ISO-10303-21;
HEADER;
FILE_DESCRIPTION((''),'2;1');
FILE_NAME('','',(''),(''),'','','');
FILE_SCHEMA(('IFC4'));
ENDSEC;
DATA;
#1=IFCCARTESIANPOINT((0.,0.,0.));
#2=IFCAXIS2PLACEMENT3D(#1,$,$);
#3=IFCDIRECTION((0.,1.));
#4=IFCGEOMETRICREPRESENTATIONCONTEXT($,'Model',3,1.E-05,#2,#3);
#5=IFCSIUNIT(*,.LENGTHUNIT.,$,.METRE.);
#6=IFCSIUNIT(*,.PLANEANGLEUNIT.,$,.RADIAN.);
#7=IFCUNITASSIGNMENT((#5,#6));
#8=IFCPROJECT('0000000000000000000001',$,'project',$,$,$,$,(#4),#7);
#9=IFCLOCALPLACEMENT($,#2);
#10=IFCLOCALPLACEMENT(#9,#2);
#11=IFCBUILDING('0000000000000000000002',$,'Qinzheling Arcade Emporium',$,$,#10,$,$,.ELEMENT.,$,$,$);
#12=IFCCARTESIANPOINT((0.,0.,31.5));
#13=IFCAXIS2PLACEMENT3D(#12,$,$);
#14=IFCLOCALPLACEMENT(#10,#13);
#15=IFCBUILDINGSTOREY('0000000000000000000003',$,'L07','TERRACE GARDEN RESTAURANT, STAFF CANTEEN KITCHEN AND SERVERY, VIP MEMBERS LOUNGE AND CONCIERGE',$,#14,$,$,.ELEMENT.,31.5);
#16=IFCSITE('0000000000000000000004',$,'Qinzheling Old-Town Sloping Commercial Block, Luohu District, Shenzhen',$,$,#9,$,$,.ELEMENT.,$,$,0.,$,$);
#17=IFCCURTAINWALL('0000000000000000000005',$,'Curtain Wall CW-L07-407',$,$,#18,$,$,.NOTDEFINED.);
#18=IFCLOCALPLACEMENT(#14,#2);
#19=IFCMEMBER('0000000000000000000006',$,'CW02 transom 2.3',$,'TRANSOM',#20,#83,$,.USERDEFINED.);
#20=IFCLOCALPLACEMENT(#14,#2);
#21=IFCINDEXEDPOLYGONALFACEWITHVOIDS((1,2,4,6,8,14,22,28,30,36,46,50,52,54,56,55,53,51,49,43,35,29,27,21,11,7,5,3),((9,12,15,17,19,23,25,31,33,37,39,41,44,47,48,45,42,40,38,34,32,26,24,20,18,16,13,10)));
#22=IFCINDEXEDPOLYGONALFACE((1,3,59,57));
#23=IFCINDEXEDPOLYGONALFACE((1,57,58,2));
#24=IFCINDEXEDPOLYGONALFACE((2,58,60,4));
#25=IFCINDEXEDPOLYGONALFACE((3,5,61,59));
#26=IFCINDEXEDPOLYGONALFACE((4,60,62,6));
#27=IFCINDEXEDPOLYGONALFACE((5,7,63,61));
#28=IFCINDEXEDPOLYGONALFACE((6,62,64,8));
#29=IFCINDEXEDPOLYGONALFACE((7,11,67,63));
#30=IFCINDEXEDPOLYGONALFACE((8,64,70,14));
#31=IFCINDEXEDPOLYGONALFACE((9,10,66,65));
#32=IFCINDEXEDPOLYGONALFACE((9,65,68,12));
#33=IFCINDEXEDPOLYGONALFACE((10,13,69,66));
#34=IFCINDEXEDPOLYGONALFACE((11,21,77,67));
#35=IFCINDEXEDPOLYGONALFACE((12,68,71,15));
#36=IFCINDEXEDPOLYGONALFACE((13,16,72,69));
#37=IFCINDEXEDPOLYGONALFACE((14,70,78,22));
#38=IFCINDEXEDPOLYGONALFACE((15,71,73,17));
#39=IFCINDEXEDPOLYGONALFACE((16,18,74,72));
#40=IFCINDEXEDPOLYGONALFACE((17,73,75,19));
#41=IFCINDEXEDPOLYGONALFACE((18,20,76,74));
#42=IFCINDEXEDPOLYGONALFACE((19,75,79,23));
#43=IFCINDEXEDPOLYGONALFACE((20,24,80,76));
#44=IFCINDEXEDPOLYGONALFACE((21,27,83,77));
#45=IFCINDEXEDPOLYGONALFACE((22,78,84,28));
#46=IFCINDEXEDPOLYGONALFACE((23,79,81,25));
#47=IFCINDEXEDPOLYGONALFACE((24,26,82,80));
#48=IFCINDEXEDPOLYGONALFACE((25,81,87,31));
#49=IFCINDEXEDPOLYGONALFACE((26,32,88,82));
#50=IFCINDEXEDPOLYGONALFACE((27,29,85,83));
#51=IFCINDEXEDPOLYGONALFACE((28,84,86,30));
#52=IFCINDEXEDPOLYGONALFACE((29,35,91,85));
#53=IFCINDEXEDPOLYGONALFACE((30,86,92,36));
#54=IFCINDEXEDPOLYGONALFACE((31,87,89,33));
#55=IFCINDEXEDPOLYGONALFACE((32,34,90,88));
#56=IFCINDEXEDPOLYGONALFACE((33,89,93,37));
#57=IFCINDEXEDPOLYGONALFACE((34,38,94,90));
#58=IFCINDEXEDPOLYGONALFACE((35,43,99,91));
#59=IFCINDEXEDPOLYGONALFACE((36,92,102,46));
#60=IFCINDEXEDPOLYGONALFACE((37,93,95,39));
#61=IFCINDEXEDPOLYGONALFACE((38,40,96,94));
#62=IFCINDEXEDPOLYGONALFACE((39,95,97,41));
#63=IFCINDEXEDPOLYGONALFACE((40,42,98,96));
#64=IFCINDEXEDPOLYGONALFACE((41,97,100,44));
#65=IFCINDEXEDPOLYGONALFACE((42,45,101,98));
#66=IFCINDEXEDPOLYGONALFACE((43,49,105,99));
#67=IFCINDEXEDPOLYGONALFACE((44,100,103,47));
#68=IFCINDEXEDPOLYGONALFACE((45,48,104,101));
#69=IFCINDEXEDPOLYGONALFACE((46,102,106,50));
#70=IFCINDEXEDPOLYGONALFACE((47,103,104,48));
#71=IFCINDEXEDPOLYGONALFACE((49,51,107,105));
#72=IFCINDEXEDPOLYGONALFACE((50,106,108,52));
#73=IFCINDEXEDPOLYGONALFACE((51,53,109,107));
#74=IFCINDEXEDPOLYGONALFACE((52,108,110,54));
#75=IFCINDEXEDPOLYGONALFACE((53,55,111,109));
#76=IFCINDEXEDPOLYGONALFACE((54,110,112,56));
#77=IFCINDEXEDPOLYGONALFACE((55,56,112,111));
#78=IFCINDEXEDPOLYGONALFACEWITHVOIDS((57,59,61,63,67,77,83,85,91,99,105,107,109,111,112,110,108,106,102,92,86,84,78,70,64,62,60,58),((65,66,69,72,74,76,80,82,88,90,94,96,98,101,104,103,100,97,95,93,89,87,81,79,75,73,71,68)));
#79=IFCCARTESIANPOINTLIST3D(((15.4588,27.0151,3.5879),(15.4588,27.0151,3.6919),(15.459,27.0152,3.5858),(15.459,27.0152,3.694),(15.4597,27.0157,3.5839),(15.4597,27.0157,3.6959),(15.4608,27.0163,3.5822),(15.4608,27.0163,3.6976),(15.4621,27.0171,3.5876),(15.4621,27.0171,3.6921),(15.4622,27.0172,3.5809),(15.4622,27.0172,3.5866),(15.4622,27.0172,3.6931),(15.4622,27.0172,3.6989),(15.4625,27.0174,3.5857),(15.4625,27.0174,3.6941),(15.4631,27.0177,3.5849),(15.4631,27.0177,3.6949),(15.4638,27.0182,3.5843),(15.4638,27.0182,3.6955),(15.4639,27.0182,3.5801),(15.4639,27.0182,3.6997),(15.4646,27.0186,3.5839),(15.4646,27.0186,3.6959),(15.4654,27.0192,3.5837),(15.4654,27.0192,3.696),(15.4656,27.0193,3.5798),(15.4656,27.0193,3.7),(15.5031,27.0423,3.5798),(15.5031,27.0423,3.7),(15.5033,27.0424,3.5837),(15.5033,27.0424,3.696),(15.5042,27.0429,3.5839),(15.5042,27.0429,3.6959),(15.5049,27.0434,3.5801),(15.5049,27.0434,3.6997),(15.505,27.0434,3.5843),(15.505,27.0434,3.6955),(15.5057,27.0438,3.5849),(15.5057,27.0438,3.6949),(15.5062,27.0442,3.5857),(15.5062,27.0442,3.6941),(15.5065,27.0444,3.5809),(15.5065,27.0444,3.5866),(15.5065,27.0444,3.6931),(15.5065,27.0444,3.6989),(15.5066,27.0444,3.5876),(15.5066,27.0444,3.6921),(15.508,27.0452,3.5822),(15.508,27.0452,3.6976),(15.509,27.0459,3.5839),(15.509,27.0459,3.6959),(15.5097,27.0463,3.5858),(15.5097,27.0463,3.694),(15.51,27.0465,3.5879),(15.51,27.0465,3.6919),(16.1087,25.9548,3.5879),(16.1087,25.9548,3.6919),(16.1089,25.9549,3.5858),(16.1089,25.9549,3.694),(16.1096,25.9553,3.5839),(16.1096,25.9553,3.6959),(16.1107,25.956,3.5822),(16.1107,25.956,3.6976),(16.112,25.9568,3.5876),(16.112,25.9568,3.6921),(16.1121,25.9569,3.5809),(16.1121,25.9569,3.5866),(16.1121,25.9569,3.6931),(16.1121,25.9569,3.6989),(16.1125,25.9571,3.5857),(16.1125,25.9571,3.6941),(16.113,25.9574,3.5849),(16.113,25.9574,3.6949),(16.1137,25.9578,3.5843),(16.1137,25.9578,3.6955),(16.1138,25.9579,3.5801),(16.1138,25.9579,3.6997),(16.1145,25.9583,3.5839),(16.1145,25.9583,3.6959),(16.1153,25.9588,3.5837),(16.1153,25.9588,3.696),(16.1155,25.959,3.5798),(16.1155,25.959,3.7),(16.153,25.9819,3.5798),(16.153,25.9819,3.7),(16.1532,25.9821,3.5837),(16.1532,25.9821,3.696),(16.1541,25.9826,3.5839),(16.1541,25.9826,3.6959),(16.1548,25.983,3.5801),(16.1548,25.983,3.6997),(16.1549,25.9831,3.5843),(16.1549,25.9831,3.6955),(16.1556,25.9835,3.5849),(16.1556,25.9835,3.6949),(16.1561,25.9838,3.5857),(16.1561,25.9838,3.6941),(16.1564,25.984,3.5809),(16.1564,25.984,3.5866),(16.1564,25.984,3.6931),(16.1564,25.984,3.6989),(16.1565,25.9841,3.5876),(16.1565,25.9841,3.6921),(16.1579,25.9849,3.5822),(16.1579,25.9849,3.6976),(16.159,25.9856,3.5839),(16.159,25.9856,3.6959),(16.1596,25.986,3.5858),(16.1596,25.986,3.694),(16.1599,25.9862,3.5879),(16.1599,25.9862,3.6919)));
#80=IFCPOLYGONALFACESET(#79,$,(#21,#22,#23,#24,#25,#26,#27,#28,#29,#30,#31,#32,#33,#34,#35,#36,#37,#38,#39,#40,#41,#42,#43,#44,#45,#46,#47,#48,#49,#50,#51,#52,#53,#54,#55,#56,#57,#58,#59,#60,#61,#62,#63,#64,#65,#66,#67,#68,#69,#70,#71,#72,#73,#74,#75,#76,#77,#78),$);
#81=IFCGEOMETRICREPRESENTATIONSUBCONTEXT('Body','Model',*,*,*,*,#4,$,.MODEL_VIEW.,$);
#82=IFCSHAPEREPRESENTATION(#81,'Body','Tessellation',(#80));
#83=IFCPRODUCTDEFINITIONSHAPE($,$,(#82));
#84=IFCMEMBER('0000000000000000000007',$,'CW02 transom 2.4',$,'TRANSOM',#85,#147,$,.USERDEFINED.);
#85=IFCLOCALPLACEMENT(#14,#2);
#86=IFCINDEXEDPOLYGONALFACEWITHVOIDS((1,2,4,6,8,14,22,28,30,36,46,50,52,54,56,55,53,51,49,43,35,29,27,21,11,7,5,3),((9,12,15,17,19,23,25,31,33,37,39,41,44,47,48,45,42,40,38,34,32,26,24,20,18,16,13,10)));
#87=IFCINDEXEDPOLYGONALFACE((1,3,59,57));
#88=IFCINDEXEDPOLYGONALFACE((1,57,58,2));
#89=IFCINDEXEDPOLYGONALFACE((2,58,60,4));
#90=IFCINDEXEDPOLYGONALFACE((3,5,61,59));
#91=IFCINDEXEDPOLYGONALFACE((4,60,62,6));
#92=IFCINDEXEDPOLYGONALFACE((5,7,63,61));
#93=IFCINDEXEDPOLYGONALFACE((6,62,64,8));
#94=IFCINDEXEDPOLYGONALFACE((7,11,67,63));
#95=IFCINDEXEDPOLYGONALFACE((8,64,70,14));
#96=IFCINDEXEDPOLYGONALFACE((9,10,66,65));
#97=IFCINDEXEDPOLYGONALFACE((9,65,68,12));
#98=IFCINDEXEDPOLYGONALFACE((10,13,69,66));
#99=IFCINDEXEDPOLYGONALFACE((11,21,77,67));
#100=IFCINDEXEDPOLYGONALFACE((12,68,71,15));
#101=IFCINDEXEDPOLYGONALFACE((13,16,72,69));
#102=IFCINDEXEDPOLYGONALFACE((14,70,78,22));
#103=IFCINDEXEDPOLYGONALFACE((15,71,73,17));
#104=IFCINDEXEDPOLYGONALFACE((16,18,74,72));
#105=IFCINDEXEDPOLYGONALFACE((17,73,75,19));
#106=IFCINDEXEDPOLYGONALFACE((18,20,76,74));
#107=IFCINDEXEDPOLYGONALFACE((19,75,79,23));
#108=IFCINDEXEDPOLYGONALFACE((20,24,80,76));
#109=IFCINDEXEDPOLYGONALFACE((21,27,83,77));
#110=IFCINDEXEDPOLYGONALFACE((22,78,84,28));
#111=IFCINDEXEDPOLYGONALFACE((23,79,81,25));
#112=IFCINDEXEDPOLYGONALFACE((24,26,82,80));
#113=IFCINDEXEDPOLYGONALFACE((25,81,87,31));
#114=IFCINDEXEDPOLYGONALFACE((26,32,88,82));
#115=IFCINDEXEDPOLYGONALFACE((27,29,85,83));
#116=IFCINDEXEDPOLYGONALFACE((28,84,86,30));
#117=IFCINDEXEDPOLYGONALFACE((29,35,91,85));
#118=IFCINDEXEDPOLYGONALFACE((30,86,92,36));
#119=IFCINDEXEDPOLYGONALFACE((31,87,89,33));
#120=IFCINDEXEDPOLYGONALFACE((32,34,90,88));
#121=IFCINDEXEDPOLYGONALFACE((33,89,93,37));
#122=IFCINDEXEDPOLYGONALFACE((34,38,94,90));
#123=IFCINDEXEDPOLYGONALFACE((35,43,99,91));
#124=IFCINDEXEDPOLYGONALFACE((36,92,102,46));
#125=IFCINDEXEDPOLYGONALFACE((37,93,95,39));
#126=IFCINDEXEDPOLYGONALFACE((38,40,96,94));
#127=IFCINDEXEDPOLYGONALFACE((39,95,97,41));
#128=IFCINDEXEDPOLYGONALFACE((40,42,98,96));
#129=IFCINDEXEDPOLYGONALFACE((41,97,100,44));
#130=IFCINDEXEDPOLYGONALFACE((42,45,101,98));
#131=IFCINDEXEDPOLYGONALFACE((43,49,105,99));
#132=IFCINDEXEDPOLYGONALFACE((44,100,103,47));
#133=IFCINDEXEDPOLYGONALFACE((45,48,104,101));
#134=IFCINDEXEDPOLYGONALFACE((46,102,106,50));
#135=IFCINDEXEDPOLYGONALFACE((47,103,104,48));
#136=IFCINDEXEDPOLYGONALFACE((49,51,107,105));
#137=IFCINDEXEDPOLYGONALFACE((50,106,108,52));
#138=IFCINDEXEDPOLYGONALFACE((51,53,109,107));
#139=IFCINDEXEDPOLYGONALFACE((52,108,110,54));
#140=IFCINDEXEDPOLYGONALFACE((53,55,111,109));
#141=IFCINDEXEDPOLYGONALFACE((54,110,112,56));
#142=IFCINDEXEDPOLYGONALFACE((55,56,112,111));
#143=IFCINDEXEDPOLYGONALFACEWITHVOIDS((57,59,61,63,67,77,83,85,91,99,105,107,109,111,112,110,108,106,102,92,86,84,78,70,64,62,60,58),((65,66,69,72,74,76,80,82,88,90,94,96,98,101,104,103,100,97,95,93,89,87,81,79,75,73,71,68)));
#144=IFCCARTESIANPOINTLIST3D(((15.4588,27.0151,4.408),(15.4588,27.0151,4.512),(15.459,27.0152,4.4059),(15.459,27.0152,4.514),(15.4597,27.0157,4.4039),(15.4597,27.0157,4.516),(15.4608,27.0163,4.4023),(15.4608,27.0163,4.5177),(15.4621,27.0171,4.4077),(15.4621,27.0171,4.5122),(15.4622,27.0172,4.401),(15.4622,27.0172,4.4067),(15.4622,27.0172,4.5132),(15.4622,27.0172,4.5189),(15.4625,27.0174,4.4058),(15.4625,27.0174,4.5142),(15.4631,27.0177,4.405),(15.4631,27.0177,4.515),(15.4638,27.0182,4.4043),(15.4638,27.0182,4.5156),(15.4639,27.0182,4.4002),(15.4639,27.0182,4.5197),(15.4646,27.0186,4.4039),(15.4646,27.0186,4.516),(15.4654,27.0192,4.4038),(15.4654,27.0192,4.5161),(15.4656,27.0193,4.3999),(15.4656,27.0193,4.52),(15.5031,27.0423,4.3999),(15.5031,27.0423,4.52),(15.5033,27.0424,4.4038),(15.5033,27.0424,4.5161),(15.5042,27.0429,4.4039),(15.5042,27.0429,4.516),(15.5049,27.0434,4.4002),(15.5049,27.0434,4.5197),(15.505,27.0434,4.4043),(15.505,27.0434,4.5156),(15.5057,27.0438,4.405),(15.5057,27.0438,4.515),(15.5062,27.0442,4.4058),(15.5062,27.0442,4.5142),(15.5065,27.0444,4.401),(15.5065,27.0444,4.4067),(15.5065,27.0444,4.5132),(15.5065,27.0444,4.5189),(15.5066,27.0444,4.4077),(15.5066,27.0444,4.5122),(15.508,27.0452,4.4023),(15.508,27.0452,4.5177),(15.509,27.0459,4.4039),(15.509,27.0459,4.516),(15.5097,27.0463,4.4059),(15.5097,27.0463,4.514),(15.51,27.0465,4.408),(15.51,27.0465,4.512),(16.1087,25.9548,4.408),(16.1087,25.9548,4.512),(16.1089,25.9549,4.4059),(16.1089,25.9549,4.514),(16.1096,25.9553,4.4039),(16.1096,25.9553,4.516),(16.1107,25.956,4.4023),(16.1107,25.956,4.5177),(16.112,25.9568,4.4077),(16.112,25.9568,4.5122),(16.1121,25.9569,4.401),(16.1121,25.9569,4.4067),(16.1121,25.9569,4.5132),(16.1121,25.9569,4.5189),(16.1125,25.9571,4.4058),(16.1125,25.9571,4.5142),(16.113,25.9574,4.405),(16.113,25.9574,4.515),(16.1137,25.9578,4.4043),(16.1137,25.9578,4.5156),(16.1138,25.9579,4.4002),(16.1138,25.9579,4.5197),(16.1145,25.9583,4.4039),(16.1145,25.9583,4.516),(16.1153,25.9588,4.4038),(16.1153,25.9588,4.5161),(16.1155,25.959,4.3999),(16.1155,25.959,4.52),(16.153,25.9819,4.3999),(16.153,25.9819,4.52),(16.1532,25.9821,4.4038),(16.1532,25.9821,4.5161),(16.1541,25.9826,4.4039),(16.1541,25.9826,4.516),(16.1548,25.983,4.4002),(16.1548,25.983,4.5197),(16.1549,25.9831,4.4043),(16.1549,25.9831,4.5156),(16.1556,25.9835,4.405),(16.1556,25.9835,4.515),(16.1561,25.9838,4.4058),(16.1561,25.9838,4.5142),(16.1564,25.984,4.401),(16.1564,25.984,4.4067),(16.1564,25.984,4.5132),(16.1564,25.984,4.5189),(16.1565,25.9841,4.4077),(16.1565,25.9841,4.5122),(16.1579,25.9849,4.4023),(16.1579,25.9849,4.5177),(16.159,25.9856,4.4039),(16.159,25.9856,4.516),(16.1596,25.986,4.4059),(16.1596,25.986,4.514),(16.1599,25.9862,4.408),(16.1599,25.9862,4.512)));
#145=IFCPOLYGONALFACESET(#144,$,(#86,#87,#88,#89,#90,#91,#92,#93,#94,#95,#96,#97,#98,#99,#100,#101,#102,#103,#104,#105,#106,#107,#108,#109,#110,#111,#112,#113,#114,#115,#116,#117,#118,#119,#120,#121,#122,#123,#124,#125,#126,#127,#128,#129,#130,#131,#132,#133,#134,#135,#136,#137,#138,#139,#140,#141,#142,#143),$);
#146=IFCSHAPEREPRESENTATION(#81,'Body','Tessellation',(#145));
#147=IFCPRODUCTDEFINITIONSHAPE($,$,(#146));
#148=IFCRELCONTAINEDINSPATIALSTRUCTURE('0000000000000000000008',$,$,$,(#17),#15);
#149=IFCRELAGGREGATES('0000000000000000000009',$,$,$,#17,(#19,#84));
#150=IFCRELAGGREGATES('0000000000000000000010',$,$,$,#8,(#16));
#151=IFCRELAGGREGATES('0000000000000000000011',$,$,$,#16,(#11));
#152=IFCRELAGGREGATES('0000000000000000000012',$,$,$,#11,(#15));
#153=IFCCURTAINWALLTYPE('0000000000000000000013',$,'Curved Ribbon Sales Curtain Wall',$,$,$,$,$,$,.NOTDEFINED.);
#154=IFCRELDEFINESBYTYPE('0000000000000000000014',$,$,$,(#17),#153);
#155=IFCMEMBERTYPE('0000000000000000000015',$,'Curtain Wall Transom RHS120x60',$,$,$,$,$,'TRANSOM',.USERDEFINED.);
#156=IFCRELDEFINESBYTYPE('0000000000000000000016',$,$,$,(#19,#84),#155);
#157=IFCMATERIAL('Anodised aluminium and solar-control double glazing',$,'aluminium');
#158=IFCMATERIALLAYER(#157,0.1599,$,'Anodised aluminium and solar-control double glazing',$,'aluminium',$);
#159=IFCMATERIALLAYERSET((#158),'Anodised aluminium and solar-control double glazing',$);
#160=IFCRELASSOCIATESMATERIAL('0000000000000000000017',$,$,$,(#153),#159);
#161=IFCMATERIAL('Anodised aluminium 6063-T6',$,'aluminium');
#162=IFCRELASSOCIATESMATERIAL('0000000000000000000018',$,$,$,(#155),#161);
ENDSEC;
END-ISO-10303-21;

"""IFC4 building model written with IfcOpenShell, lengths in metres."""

from ifc_helpers import new_model, si_unit, direction, frame, origin, origin_2d, place, context, subcontext, project, spatial, hollow_rectangle, extrude, material, layer, layer_set, material_profile, profile_set, type_object, element, aggregate, save


model = new_model("IFC4")

# Units and contexts
model_context = context("Model", 3, precision=1e-05, world=origin(), true_north=direction((0.0, 1.0)))
body_context = subcontext(model_context, "Body", "Model", "MODEL_VIEW")
ifc_project = project(units=[si_unit("LENGTHUNIT", "METRE"), si_unit("PLANEANGLEUNIT", "RADIAN")], contexts=[model_context])

# Site, building, storey
site_placement = place(None, origin())
site = spatial("IfcSite", under=ifc_project, at=site_placement, Name="Qinzheling Old-Town Sloping Commercial Block, Luohu District, Shenzhen", CompositionType="ELEMENT", RefElevation=0.0)
building_placement = place(site_placement, origin())
building = spatial("IfcBuilding", under=site, at=building_placement, Name="Qinzheling Arcade Emporium", CompositionType="ELEMENT")
storey_placement = place(building_placement, frame((0.0, 0.0, 31.5)))
storey = spatial("IfcBuildingStorey", under=building, at=storey_placement, Name="L07", Description="TERRACE GARDEN RESTAURANT, STAFF CANTEEN KITCHEN AND SERVERY, VIP MEMBERS LOUNGE AND CONCIERGE", CompositionType="ELEMENT", Elevation=31.5)

# Curtain wall
ifc_material_1 = material(Name="Anodised aluminium and solar-control double glazing", Category="aluminium")
ifc_layer_1 = layer(ifc_material_1, 0.1599, Name="Anodised aluminium and solar-control double glazing", Category="aluminium")
ifc_layer_set_1 = layer_set([ifc_layer_1], Name="Anodised aluminium and solar-control double glazing")
curtain_wall_type = type_object("IfcCurtainWallType", Name="Curved Ribbon Sales Curtain Wall", PredefinedType="NOTDEFINED", material=ifc_layer_set_1)
curtain_wall_1_placement = place(storey_placement, origin())
curtain_wall_1 = element("IfcCurtainWall", 1, at=curtain_wall_1_placement, inside=storey, type_object=curtain_wall_type, Name="Curtain Wall CW-L07-407", PredefinedType="NOTDEFINED")
ifc_material_2 = material(Name="Anodised aluminium 6063-T6", Category="aluminium")

# Members
ifc_material_profile_1 = material_profile(ifc_material_2, hollow_rectangle(XDim=0.0601, YDim=0.1201, WallThickness=0.0039, InnerFilletRadius=0.0039, OuterFilletRadius=0.0081, at=origin_2d()), Name="RHS 120x60x4", Category="aluminium")
ifc_profile_set_1 = profile_set([ifc_material_profile_1], Name="Anodised aluminium 6063-T6")
member_type_1 = type_object("IfcMemberType", Name="Curtain Wall Transom RHS120x60", ElementType="TRANSOM", PredefinedType="USERDEFINED", material=ifc_profile_set_1)
member_1_placement = place(storey_placement, frame((16.1343, 25.9705, 3.6399), z_axis=(-0.522585, 0.852587, 0.0), x_axis=(-0.852587, -0.522585, 0.0)))
member_1 = element("IfcMember", 2, at=member_1_placement, type_object=member_type_1, Name="CW02 transom 2.3", ObjectType="TRANSOM", PredefinedType="USERDEFINED", context=body_context, shape_type="SweptSolid", body=[
    extrude(hollow_rectangle(XDim=0.0601, YDim=0.1201, WallThickness=0.0039, InnerFilletRadius=0.0039, OuterFilletRadius=0.0081, at=origin_2d()), origin(), (0.0, 0.0, 1.0), 1.2437),
])
member_2_placement = place(storey_placement, frame((16.1343, 25.9705, 4.46), z_axis=(-0.522585, 0.852587, 0.0), x_axis=(-0.852587, -0.522585, 0.0)))
member_2 = element("IfcMember", 3, at=member_2_placement, type_object=member_type_1, Name="CW02 transom 2.4", ObjectType="TRANSOM", PredefinedType="USERDEFINED", context=body_context, shape_type="SweptSolid", body=[
    extrude(hollow_rectangle(XDim=0.0601, YDim=0.1201, WallThickness=0.0039, InnerFilletRadius=0.0039, OuterFilletRadius=0.0081, at=origin_2d()), origin(), (0.0, 0.0, 1.0), 1.2437),
])

aggregate(curtain_wall_1, [member_1, member_2])

save(model, "model.ifc")
